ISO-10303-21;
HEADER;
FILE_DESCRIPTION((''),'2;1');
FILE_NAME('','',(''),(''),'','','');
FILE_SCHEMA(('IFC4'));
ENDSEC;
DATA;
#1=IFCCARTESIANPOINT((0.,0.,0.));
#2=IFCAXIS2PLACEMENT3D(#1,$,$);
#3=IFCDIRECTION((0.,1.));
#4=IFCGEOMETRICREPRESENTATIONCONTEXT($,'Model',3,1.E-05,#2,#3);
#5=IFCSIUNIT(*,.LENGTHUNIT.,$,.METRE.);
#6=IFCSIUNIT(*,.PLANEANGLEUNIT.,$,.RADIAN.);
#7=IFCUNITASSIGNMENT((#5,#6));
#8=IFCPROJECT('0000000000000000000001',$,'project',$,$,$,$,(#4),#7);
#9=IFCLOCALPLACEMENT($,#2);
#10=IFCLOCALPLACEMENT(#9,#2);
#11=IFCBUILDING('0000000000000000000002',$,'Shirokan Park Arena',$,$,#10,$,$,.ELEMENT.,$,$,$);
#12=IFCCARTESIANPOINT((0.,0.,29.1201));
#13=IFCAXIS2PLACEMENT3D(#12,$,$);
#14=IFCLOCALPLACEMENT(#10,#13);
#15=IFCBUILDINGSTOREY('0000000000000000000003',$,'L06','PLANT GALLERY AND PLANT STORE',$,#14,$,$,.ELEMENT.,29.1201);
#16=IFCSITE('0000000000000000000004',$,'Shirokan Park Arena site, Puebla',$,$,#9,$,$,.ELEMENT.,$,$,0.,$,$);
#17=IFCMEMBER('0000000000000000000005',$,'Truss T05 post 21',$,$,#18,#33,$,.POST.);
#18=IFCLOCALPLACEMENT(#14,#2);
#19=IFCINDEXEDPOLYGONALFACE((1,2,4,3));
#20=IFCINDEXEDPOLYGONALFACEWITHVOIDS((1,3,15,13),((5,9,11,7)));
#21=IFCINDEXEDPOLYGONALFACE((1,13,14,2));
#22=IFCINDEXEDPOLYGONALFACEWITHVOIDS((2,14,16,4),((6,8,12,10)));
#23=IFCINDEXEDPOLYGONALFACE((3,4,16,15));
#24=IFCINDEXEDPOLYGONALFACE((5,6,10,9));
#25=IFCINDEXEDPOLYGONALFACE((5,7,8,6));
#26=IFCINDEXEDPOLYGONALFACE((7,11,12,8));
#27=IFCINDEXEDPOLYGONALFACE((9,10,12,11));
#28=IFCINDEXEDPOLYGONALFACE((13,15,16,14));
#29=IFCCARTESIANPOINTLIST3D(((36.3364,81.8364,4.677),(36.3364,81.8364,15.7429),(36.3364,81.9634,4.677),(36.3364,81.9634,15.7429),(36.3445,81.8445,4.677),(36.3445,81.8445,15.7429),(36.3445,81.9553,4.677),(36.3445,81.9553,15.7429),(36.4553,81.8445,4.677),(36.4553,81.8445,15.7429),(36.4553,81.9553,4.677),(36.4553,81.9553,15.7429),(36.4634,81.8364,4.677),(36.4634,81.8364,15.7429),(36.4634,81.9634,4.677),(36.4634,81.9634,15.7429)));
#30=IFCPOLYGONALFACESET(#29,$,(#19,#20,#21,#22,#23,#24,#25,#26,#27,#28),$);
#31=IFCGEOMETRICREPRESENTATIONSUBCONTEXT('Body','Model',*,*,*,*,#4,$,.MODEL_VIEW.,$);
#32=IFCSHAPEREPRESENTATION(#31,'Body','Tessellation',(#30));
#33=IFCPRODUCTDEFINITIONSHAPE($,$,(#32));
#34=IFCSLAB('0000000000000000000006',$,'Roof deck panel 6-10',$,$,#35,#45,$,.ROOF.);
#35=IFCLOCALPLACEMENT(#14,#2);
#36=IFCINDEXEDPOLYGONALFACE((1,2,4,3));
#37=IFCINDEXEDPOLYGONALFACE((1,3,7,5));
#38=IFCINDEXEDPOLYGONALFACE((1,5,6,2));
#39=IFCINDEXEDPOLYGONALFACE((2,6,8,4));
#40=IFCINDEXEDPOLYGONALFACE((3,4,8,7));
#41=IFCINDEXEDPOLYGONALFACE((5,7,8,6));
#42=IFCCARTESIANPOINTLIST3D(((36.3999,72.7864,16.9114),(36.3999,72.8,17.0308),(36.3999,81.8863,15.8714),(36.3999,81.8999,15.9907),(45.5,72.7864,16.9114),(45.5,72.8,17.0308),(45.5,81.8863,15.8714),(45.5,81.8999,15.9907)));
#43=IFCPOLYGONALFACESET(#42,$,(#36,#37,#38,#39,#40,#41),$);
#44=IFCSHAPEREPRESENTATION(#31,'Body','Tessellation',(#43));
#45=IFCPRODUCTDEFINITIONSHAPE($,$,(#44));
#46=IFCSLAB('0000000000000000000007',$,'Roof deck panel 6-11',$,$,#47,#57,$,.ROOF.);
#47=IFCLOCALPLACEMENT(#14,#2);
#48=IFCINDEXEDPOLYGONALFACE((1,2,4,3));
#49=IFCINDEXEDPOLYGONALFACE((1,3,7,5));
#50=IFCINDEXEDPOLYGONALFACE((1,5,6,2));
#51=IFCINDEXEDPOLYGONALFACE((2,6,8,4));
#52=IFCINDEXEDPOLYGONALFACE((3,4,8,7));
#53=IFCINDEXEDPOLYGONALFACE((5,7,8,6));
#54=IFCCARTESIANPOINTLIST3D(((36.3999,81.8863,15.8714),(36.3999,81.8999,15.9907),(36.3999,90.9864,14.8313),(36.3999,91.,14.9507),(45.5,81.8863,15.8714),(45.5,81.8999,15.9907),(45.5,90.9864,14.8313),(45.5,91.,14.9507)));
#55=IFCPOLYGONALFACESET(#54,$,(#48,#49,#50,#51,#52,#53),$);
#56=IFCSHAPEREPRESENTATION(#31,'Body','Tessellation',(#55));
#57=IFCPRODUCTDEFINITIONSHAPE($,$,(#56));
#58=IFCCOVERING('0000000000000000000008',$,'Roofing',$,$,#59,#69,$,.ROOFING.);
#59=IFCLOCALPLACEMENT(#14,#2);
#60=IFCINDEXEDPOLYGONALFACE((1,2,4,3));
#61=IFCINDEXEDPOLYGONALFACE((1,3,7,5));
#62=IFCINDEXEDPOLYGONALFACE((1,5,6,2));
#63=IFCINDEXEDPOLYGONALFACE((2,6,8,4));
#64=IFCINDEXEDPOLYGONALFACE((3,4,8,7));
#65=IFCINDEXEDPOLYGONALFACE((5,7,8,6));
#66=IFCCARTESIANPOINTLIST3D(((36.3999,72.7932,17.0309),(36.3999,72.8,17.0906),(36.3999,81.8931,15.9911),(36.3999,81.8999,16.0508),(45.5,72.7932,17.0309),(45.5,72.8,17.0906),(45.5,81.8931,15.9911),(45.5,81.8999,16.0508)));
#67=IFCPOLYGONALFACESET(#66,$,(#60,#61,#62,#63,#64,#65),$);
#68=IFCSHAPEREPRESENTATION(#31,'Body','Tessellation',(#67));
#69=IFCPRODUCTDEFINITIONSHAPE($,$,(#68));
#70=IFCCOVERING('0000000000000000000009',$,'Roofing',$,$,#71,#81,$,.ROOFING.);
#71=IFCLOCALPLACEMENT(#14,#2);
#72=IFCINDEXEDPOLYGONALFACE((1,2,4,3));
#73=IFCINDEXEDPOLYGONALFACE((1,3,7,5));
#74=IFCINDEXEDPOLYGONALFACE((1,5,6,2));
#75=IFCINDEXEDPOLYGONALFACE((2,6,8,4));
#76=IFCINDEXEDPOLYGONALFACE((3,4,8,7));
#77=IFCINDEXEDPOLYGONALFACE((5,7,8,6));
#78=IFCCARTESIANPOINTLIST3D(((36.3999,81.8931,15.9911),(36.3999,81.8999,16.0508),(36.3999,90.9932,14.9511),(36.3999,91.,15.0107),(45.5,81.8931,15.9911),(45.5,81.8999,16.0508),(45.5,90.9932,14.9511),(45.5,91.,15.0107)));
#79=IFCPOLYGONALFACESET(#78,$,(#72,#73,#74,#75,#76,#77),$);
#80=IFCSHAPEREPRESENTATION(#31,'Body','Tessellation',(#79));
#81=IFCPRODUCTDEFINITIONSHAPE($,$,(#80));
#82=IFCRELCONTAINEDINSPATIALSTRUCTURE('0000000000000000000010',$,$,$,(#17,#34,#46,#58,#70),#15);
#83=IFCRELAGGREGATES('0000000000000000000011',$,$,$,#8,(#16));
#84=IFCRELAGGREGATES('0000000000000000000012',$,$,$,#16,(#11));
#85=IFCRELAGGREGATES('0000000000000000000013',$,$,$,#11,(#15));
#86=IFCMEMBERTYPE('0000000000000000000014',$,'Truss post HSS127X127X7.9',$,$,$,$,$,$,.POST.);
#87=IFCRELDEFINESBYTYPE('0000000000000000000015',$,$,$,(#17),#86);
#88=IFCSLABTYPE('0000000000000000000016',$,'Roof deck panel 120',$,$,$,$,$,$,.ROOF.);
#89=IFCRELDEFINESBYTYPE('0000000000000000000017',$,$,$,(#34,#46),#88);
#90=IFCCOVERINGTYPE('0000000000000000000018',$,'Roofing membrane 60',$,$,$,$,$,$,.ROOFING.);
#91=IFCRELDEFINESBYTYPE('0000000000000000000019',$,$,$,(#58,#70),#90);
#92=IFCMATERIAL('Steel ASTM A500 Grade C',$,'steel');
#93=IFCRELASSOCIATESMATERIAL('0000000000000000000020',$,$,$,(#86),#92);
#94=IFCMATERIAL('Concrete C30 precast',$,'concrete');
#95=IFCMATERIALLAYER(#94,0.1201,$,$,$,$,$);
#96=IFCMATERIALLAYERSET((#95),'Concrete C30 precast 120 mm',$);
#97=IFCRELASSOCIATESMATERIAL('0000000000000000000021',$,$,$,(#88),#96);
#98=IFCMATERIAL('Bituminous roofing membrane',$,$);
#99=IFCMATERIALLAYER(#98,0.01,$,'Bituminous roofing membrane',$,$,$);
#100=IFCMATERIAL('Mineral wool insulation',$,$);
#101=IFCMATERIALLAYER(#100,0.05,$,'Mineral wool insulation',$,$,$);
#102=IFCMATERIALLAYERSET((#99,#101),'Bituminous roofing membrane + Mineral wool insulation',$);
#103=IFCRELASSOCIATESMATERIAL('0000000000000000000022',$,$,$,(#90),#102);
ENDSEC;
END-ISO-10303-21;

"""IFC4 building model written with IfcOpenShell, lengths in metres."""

from ifc_helpers import new_model, si_unit, direction, frame, origin, origin_2d, place, context, subcontext, project, spatial, polyline, hollow_rectangle, outline, extrude, material, layer, layer_set, material_profile, profile_set, type_object, element, save


model = new_model("IFC4")

# Units and contexts
model_context = context("Model", 3, precision=1e-05, world=origin(), true_north=direction((0.0, 1.0)))
body_context = subcontext(model_context, "Body", "Model", "MODEL_VIEW")
ifc_project = project(units=[si_unit("LENGTHUNIT", "METRE"), si_unit("PLANEANGLEUNIT", "RADIAN")], contexts=[model_context])

# Site, building, storey
site_placement = place(None, origin())
site = spatial("IfcSite", under=ifc_project, at=site_placement, Name="Shirokan Park Arena site, Puebla", CompositionType="ELEMENT", RefElevation=0.0)
building_placement = place(site_placement, origin())
building = spatial("IfcBuilding", under=site, at=building_placement, Name="Shirokan Park Arena", CompositionType="ELEMENT")
storey_placement = place(building_placement, frame((0.0, 0.0, 29.1201)))
storey = spatial("IfcBuildingStorey", under=building, at=storey_placement, Name="L06", Description="PLANT GALLERY AND PLANT STORE", CompositionType="ELEMENT", Elevation=29.1201)

# Member
ifc_material_1 = material(Name="Steel ASTM A500 Grade C", Category="steel")
ifc_material_profile_1 = material_profile(ifc_material_1, hollow_rectangle(XDim=0.127, YDim=0.127, WallThickness=0.0081, at=origin_2d()), Name="HSS127X127X7.9")
ifc_profile_set_1 = profile_set([ifc_material_profile_1], Name="Steel ASTM A500 Grade C")
member_type_1 = type_object("IfcMemberType", Name="Truss post HSS127X127X7.9", PredefinedType="POST", material=ifc_profile_set_1)
member_1_placement = place(storey_placement, frame((36.3999, 81.8999, 4.677), z_axis=(0.0, 0.0, 1.0), x_axis=(1.0, 0.0, 0.0)))
element("IfcMember", 1, at=member_1_placement, inside=storey, type_object=member_type_1, Name="Truss T05 post 21", PredefinedType="POST", context=body_context, shape_type="SweptSolid", body=[
    extrude(hollow_rectangle(XDim=0.127, YDim=0.127, WallThickness=0.0081, at=origin_2d()), origin(), (0.0, 0.0, 1.0), 11.0659),
])

# Slabs
ifc_material_2 = material(Name="Concrete C30 precast", Category="concrete")
ifc_layer_1 = layer(ifc_material_2, 0.1201)
ifc_layer_set_1 = layer_set([ifc_layer_1], Name="Concrete C30 precast 120 mm")
slab_type = type_object("IfcSlabType", Name="Roof deck panel 120", PredefinedType="ROOF", material=ifc_layer_set_1)
slab_1_placement = place(storey_placement, frame((36.3999, 72.8, 17.0308), z_axis=(0.0, 0.113553, 0.993532), x_axis=(1.0, 0.0, 0.0)))
element("IfcSlab", 2, at=slab_1_placement, inside=storey, type_object=slab_type, Name="Roof deck panel 6-10", PredefinedType="ROOF", context=body_context, shape_type="SweptSolid", body=[
    extrude(outline(polyline([(0.0, 0.0), (9.1001, 0.0), (9.1001, 9.1591), (0.0, 9.1591), (0.0, 0.0)])), origin(), (0.0, 0.0, -1.0), 0.1201),
])
slab_2_placement = place(storey_placement, frame((36.3999, 81.8999, 15.9907), z_axis=(0.0, 0.11355, 0.993532), x_axis=(1.0, 0.0, 0.0)))
element("IfcSlab", 3, at=slab_2_placement, inside=storey, type_object=slab_type, Name="Roof deck panel 6-11", PredefinedType="ROOF", context=body_context, shape_type="SweptSolid", body=[
    extrude(outline(polyline([(0.0, 0.0), (9.1001, 0.0), (9.1001, 9.1593), (0.0, 9.1593), (0.0, 0.0)])), origin(), (0.0, 0.0, -1.0), 0.1201),
])

# Coverings
ifc_material_3 = material(Name="Bituminous roofing membrane")
ifc_layer_2 = layer(ifc_material_3, 0.01, Name="Bituminous roofing membrane")
ifc_material_4 = material(Name="Mineral wool insulation")
ifc_layer_3 = layer(ifc_material_4, 0.05, Name="Mineral wool insulation")
ifc_layer_set_2 = layer_set([ifc_layer_2, ifc_layer_3], Name="Bituminous roofing membrane + Mineral wool insulation")
covering_type = type_object("IfcCoveringType", Name="Roofing membrane 60", PredefinedType="ROOFING", material=ifc_layer_set_2)
covering_1_placement = place(storey_placement, frame((36.3999, 72.8, 17.0906), z_axis=(0.0, 0.113526, 0.993535), x_axis=(1.0, 0.0, 0.0)))
element("IfcCovering", 4, at=covering_1_placement, inside=storey, type_object=covering_type, Name="Roofing", PredefinedType="ROOFING", context=body_context, shape_type="SweptSolid", body=[
    extrude(outline(polyline([(0.0, 0.0), (9.1001, 0.0), (9.1001, 9.1591), (0.0, 9.1591), (0.0, 0.0)])), origin(), (0.0, 0.0, -1.0), 0.0601),
])
covering_2_placement = place(storey_placement, frame((36.3999, 81.8999, 16.0508), z_axis=(0.0, 0.11355, 0.993532), x_axis=(1.0, 0.0, 0.0)))
element("IfcCovering", 5, at=covering_2_placement, inside=storey, type_object=covering_type, Name="Roofing", PredefinedType="ROOFING", context=body_context, shape_type="SweptSolid", body=[
    extrude(outline(polyline([(0.0, 0.0), (9.1001, 0.0), (9.1001, 9.1593), (0.0, 9.1593), (0.0, 0.0)])), origin(), (0.0, 0.0, -1.0), 0.0601),
])

save(model, "model.ifc")
